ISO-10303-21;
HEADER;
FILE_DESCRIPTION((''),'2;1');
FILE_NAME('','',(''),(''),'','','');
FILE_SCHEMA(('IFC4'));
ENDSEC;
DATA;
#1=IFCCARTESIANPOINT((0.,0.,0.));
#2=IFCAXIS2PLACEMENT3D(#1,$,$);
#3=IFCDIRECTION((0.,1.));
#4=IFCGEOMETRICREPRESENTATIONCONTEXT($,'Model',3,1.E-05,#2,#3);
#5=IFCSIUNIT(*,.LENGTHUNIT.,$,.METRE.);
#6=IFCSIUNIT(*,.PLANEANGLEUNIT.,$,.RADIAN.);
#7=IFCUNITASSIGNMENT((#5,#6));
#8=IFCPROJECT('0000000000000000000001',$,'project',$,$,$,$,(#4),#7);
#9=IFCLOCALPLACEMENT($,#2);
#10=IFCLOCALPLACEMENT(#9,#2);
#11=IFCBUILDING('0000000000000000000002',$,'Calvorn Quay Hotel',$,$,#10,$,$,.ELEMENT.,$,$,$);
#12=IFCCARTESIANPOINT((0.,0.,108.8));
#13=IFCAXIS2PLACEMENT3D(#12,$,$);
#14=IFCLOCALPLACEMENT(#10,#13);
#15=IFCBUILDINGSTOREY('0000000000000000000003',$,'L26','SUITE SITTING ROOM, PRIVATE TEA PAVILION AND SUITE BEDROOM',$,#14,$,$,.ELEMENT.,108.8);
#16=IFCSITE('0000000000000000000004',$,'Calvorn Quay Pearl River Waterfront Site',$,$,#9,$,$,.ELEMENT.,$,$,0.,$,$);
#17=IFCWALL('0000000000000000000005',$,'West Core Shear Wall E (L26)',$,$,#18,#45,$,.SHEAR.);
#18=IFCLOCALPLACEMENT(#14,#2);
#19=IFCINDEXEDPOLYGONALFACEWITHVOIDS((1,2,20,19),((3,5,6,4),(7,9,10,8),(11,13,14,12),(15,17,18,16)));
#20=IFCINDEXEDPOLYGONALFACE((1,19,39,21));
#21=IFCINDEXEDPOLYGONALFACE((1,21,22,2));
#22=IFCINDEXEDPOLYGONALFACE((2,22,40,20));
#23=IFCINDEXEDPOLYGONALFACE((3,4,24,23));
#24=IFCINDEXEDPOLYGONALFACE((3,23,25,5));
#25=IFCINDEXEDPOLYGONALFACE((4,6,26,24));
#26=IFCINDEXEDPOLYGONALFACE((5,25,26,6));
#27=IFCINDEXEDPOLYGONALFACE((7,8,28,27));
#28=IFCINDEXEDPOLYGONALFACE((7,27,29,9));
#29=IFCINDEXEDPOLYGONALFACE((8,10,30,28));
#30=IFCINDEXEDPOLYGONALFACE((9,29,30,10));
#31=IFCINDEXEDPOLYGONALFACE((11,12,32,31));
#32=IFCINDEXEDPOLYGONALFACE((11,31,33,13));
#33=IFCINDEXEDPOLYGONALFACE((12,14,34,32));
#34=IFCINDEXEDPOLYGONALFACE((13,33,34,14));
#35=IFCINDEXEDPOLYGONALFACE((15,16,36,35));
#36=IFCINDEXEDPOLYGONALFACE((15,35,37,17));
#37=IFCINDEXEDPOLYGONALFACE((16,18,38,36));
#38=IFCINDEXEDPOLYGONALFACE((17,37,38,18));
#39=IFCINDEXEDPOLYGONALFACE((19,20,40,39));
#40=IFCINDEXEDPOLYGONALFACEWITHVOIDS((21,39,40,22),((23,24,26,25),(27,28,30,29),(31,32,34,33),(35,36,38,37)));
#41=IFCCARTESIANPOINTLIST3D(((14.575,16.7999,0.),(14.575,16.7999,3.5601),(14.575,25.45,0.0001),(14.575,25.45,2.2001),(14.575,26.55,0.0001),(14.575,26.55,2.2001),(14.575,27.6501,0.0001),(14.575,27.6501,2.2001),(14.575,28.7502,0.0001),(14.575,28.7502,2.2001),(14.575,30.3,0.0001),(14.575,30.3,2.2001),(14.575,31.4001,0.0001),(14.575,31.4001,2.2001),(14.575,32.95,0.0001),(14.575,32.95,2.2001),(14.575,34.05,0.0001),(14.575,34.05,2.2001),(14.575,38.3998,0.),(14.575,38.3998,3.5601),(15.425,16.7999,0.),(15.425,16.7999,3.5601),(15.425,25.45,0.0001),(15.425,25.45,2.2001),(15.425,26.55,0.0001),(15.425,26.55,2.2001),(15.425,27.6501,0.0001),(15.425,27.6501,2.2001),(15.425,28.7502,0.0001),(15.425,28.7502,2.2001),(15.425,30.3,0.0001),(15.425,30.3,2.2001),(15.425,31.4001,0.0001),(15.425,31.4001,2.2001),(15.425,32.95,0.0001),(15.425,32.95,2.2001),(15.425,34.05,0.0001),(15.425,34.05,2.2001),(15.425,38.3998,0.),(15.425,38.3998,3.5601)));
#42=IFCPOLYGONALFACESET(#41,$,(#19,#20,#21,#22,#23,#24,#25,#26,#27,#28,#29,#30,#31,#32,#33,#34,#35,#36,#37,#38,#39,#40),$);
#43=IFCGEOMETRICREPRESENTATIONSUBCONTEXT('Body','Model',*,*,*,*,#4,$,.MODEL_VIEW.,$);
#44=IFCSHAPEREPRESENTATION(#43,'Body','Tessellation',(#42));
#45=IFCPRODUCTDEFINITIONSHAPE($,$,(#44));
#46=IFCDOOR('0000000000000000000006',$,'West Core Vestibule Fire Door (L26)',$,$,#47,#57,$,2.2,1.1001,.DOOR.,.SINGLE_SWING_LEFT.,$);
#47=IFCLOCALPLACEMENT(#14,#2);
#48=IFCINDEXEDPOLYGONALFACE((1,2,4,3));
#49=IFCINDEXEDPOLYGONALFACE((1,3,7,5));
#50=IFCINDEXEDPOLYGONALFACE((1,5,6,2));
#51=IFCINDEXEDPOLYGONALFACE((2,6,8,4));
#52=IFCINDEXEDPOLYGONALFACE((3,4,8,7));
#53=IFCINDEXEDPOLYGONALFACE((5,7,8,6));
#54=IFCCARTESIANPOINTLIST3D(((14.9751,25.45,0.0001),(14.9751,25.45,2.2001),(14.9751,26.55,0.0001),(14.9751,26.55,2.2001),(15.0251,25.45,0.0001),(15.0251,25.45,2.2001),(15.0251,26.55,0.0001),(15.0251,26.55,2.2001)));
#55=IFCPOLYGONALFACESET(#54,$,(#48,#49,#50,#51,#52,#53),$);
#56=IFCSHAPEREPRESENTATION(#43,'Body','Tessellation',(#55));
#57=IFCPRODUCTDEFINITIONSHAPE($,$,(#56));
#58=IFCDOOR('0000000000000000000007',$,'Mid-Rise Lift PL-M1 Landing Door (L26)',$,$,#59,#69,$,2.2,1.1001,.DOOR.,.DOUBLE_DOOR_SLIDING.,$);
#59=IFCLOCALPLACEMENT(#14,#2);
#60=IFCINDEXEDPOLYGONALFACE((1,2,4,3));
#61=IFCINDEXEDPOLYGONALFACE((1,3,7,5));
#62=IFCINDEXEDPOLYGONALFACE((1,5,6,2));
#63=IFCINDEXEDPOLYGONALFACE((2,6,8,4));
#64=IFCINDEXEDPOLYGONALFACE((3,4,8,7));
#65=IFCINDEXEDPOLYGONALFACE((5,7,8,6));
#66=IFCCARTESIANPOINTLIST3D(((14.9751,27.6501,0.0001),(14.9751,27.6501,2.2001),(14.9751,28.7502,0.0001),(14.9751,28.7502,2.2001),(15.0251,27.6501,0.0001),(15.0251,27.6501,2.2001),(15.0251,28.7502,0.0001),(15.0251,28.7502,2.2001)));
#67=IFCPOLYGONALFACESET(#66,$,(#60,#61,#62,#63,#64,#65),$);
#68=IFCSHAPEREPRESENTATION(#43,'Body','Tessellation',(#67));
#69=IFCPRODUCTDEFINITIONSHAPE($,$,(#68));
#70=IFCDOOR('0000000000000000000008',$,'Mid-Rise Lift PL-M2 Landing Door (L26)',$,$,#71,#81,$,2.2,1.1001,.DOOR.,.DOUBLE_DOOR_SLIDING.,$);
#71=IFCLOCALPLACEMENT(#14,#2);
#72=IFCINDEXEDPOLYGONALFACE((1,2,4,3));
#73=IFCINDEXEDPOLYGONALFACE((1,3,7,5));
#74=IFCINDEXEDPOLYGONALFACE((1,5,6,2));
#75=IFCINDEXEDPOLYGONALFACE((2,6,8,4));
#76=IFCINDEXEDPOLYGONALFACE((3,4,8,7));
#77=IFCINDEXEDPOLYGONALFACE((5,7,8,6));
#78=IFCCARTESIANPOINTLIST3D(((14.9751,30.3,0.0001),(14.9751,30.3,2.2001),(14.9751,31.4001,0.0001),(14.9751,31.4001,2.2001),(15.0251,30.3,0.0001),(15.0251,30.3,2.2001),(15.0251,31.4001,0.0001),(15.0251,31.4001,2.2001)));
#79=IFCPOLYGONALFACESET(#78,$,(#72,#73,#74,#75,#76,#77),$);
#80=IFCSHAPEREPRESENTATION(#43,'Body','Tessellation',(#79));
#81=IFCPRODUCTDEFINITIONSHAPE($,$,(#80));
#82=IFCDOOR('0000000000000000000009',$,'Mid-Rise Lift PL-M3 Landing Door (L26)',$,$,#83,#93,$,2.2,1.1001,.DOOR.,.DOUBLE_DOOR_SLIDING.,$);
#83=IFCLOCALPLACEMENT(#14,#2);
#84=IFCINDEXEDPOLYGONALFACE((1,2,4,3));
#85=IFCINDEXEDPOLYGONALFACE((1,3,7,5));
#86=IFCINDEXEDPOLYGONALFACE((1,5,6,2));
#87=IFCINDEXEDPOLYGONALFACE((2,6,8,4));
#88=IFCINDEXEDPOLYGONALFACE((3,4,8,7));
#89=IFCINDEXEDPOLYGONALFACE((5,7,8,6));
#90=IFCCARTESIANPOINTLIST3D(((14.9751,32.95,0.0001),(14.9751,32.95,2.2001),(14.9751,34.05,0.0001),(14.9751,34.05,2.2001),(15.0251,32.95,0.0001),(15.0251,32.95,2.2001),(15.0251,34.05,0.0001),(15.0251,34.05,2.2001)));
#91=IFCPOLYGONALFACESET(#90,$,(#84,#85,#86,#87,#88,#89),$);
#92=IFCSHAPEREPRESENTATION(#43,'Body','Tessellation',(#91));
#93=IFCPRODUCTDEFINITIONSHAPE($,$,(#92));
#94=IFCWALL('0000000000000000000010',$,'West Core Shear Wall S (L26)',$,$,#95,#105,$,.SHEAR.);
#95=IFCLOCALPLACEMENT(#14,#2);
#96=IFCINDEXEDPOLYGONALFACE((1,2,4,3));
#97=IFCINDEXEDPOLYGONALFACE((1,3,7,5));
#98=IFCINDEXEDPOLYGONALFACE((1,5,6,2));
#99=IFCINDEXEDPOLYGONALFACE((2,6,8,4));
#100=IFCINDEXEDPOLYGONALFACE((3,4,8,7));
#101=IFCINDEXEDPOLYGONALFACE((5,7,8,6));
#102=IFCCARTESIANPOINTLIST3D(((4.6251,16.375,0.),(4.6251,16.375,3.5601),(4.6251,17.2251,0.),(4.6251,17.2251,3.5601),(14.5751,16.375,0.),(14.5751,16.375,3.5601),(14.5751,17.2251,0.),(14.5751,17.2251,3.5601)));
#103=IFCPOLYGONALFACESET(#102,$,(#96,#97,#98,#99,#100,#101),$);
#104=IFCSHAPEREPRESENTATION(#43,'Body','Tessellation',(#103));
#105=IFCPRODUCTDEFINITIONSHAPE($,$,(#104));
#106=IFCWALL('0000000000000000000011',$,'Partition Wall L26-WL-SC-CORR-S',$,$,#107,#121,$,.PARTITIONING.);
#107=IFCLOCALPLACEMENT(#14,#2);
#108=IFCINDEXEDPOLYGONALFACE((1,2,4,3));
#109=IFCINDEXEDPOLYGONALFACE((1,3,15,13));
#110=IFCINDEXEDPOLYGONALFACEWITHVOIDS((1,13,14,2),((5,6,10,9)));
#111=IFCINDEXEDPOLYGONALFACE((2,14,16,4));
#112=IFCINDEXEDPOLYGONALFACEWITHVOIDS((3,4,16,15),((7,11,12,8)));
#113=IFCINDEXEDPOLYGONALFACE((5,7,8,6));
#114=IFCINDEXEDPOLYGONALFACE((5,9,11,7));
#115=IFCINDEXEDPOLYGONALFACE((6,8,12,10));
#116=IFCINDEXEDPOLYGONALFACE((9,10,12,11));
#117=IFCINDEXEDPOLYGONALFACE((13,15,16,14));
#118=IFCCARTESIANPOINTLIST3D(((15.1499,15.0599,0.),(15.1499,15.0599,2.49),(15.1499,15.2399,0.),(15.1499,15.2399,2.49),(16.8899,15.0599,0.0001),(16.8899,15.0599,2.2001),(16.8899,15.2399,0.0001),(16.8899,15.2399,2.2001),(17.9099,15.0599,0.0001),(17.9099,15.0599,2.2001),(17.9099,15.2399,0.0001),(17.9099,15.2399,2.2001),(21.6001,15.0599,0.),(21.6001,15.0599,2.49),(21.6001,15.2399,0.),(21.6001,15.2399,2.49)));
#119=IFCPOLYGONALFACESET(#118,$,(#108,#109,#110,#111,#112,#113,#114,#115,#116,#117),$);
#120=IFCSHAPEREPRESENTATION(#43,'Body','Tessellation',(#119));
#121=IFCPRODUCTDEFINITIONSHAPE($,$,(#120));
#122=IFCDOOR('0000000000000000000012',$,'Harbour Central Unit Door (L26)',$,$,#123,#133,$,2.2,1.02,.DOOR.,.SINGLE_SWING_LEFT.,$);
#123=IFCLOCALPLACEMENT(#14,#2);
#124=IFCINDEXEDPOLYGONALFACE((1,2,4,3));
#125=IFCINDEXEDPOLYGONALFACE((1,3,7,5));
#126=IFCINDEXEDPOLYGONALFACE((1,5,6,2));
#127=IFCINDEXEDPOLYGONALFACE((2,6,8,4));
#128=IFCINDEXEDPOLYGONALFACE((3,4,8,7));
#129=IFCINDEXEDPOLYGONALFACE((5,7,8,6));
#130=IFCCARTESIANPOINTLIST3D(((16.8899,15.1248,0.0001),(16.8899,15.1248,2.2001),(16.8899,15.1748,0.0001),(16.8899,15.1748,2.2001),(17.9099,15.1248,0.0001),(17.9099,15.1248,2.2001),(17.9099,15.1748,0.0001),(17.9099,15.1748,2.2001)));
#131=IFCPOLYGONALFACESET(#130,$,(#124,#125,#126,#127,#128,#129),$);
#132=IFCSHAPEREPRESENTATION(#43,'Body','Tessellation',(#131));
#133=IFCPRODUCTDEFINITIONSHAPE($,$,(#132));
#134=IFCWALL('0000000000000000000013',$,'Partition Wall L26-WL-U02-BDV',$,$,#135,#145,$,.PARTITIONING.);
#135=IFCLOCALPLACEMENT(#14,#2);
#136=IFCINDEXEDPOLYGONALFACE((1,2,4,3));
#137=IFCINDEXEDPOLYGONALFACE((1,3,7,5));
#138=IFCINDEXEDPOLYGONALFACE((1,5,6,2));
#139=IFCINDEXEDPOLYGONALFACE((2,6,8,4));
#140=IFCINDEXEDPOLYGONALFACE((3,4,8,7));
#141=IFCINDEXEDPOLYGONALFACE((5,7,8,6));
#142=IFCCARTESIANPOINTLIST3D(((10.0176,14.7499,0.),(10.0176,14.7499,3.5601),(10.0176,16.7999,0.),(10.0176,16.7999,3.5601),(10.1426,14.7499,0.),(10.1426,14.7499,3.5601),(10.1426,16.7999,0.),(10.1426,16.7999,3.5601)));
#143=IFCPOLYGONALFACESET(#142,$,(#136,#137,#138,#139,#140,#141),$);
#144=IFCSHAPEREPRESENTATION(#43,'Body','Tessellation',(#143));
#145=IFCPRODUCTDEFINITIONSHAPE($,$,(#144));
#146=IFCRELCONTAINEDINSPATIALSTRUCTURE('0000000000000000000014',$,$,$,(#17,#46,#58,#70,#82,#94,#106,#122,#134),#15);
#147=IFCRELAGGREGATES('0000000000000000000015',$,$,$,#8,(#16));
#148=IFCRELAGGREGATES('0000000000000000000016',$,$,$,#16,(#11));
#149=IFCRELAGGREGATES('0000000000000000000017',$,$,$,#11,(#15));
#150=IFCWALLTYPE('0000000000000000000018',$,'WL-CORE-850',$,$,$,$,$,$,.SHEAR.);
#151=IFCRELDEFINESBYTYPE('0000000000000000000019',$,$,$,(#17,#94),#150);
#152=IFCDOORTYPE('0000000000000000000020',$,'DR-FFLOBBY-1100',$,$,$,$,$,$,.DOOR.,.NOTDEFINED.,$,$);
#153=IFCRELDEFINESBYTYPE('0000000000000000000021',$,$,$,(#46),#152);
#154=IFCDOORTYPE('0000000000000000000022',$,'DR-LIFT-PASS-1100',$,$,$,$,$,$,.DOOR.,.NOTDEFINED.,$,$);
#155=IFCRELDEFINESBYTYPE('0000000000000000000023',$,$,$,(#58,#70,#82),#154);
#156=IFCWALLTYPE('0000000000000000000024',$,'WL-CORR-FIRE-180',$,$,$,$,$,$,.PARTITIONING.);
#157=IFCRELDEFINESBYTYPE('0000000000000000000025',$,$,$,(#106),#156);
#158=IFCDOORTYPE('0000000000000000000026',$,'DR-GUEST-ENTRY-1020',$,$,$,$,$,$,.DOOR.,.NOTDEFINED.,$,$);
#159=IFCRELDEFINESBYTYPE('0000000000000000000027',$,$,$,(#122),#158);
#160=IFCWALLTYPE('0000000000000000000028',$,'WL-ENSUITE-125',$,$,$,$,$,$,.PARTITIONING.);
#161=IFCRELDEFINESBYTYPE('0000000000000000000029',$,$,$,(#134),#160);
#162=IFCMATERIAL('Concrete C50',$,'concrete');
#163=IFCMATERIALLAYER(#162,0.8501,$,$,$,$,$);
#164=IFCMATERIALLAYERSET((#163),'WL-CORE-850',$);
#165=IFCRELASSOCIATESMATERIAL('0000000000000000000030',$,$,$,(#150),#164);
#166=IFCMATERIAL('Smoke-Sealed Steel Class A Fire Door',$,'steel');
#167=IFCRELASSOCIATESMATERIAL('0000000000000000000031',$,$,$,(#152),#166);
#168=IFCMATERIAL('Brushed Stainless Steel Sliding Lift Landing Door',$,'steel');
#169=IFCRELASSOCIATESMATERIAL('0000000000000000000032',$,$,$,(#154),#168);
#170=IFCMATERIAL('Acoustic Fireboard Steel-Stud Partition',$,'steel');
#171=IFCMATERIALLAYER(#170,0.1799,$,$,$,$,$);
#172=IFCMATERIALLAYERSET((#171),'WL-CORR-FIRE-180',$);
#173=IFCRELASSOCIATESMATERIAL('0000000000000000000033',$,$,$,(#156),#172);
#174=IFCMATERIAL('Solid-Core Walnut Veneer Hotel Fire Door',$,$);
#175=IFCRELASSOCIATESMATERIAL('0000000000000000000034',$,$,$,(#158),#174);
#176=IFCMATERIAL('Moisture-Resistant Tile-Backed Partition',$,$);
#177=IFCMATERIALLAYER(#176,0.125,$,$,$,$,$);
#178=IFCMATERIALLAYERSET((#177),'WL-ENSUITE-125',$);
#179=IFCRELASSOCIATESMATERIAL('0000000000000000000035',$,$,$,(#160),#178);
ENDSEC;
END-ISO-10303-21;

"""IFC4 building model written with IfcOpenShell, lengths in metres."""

from ifc_helpers import new_model, si_unit, direction, frame, frame_2d, origin, place, context, subcontext, project, spatial, rectangle, extrude, material, layer, layer_set, type_object, element, fill, save


model = new_model("IFC4")

# Units and contexts
model_context = context("Model", 3, precision=1e-05, world=origin(), true_north=direction((0.0, 1.0)))
body_context = subcontext(model_context, "Body", "Model", "MODEL_VIEW")
ifc_project = project(units=[si_unit("LENGTHUNIT", "METRE"), si_unit("PLANEANGLEUNIT", "RADIAN")], contexts=[model_context])

# Site, building, storey
site_placement = place(None, origin())
site = spatial("IfcSite", under=ifc_project, at=site_placement, Name="Calvorn Quay Pearl River Waterfront Site", CompositionType="ELEMENT", RefElevation=0.0)
building_placement = place(site_placement, origin())
building = spatial("IfcBuilding", under=site, at=building_placement, Name="Calvorn Quay Hotel", CompositionType="ELEMENT")
storey_placement = place(building_placement, frame((0.0, 0.0, 108.8)))
storey = spatial("IfcBuildingStorey", under=building, at=storey_placement, Name="L26", Description="SUITE SITTING ROOM, PRIVATE TEA PAVILION AND SUITE BEDROOM", CompositionType="ELEMENT", Elevation=108.8)

# Wall, openings, doors
ifc_material_1 = material(Name="Concrete C50", Category="concrete")
ifc_layer_1 = layer(ifc_material_1, 0.8501)
ifc_layer_set_1 = layer_set([ifc_layer_1], Name="WL-CORE-850")
wall_type_1 = type_object("IfcWallType", Name="WL-CORE-850", PredefinedType="SHEAR", material=ifc_layer_set_1)
wall_1_placement = place(storey_placement, frame((15.0, 16.8, 0.0), z_axis=(0.0, 0.0, 1.0), x_axis=(0.0, 1.0, 0.0)))
wall_1 = element("IfcWall", 1, at=wall_1_placement, inside=storey, type_object=wall_type_1, Name="West Core Shear Wall E (L26)", PredefinedType="SHEAR", context=body_context, shape_type="SweptSolid", body=[
    extrude(rectangle(XDim=21.5999, YDim=0.8501, at=frame_2d((10.7998, 0.0))), origin(), (0.0, 0.0, 1.0), 3.5601),
])
opening_1_placement = place(wall_1_placement, frame((8.6499, 0.0, 0.0)))
opening_1 = element("IfcOpeningElement", 2, at=opening_1_placement, cuts=wall_1, PredefinedType="OPENING", context=body_context, shape_type="SweptSolid", body=[
    extrude(rectangle(XDim=1.1001, YDim=2.2, at=frame_2d((0.55, 1.1001))), frame((0.0, 0.4351, 0.0), z_axis=(0.0, -1.0, 0.0), x_axis=(1.0, 0.0, 0.0)), (0.0, 0.0, 1.0), 0.8701),
])
opening_2_placement = place(wall_1_placement, frame((10.8501, 0.0, 0.0)))
opening_2 = element("IfcOpeningElement", 3, at=opening_2_placement, cuts=wall_1, PredefinedType="OPENING", context=body_context, shape_type="SweptSolid", body=[
    extrude(rectangle(XDim=1.1001, YDim=2.2, at=frame_2d((0.55, 1.1001))), frame((0.0, 0.4351, 0.0), z_axis=(0.0, -1.0, 0.0), x_axis=(1.0, 0.0, 0.0)), (0.0, 0.0, 1.0), 0.8701),
])
opening_3_placement = place(wall_1_placement, frame((13.5, 0.0, 0.0)))
opening_3 = element("IfcOpeningElement", 4, at=opening_3_placement, cuts=wall_1, PredefinedType="OPENING", context=body_context, shape_type="SweptSolid", body=[
    extrude(rectangle(XDim=1.1001, YDim=2.2, at=frame_2d((0.55, 1.1001))), frame((0.0, 0.4351, 0.0), z_axis=(0.0, -1.0, 0.0), x_axis=(1.0, 0.0, 0.0)), (0.0, 0.0, 1.0), 0.8701),
])
opening_4_placement = place(wall_1_placement, frame((16.1499, 0.0, 0.0)))
opening_4 = element("IfcOpeningElement", 5, at=opening_4_placement, cuts=wall_1, PredefinedType="OPENING", context=body_context, shape_type="SweptSolid", body=[
    extrude(rectangle(XDim=1.1001, YDim=2.2, at=frame_2d((0.55, 1.1001))), frame((0.0, 0.4351, 0.0), z_axis=(0.0, -1.0, 0.0), x_axis=(1.0, 0.0, 0.0)), (0.0, 0.0, 1.0), 0.8701),
])
ifc_material_2 = material(Name="Smoke-Sealed Steel Class A Fire Door", Category="steel")
door_type_1 = type_object("IfcDoorType", Name="DR-FFLOBBY-1100", OperationType="NOTDEFINED", PredefinedType="DOOR", material=ifc_material_2)
door_1_placement = place(opening_1_placement, origin())
door_1 = element("IfcDoor", 6, at=door_1_placement, inside=storey, type_object=door_type_1, Name="West Core Vestibule Fire Door (L26)", OperationType="SINGLE_SWING_LEFT", OverallHeight=2.2, OverallWidth=1.1001, PredefinedType="DOOR", context=body_context, shape_type="SweptSolid", body=[
    extrude(rectangle(XDim=1.1001, YDim=2.2, at=frame_2d((0.55, 1.1001))), frame((0.0, 0.0249, 0.0), z_axis=(0.0, -1.0, 0.0), x_axis=(1.0, 0.0, 0.0)), (0.0, 0.0, 1.0), 0.05),
])
fill(opening_1, door_1)
ifc_material_3 = material(Name="Brushed Stainless Steel Sliding Lift Landing Door", Category="steel")
door_type_2 = type_object("IfcDoorType", Name="DR-LIFT-PASS-1100", OperationType="NOTDEFINED", PredefinedType="DOOR", material=ifc_material_3)
door_2_placement = place(opening_2_placement, origin())
door_2 = element("IfcDoor", 7, at=door_2_placement, inside=storey, type_object=door_type_2, Name="Mid-Rise Lift PL-M1 Landing Door (L26)", OperationType="DOUBLE_DOOR_SLIDING", OverallHeight=2.2, OverallWidth=1.1001, PredefinedType="DOOR", context=body_context, shape_type="SweptSolid", body=[
    extrude(rectangle(XDim=1.1001, YDim=2.2, at=frame_2d((0.55, 1.1001))), frame((0.0, 0.0249, 0.0), z_axis=(0.0, -1.0, 0.0), x_axis=(1.0, 0.0, 0.0)), (0.0, 0.0, 1.0), 0.05),
])
fill(opening_2, door_2)
door_3_placement = place(opening_3_placement, origin())
door_3 = element("IfcDoor", 8, at=door_3_placement, inside=storey, type_object=door_type_2, Name="Mid-Rise Lift PL-M2 Landing Door (L26)", OperationType="DOUBLE_DOOR_SLIDING", OverallHeight=2.2, OverallWidth=1.1001, PredefinedType="DOOR", context=body_context, shape_type="SweptSolid", body=[
    extrude(rectangle(XDim=1.1001, YDim=2.2, at=frame_2d((0.55, 1.1001))), frame((0.0, 0.0249, 0.0), z_axis=(0.0, -1.0, 0.0), x_axis=(1.0, 0.0, 0.0)), (0.0, 0.0, 1.0), 0.05),
])
fill(opening_3, door_3)
door_4_placement = place(opening_4_placement, origin())
door_4 = element("IfcDoor", 9, at=door_4_placement, inside=storey, type_object=door_type_2, Name="Mid-Rise Lift PL-M3 Landing Door (L26)", OperationType="DOUBLE_DOOR_SLIDING", OverallHeight=2.2, OverallWidth=1.1001, PredefinedType="DOOR", context=body_context, shape_type="SweptSolid", body=[
    extrude(rectangle(XDim=1.1001, YDim=2.2, at=frame_2d((0.55, 1.1001))), frame((0.0, 0.0249, 0.0), z_axis=(0.0, -1.0, 0.0), x_axis=(1.0, 0.0, 0.0)), (0.0, 0.0, 1.0), 0.05),
])
fill(opening_4, door_4)

# Wall
wall_2_placement = place(storey_placement, frame((4.625, 16.8, 0.0), z_axis=(0.0, 0.0, 1.0), x_axis=(1.0, 0.0, 0.0)))
element("IfcWall", 10, at=wall_2_placement, inside=storey, type_object=wall_type_1, Name="West Core Shear Wall S (L26)", PredefinedType="SHEAR", context=body_context, shape_type="SweptSolid", body=[
    extrude(rectangle(XDim=9.95, YDim=0.8501, at=frame_2d((4.9751, 0.0))), origin(), (0.0, 0.0, 1.0), 3.5601),
])

# Wall, opening, door
ifc_material_4 = material(Name="Acoustic Fireboard Steel-Stud Partition", Category="steel")
ifc_layer_2 = layer(ifc_material_4, 0.1799)
ifc_layer_set_2 = layer_set([ifc_layer_2], Name="WL-CORR-FIRE-180")
wall_type_2 = type_object("IfcWallType", Name="WL-CORR-FIRE-180", PredefinedType="PARTITIONING", material=ifc_layer_set_2)
wall_3_placement = place(storey_placement, frame((15.1499, 15.1499, 0.0), z_axis=(0.0, 0.0, 1.0), x_axis=(1.0, 0.0, 0.0)))
wall_3 = element("IfcWall", 11, at=wall_3_placement, inside=storey, type_object=wall_type_2, Name="Partition Wall L26-WL-SC-CORR-S", PredefinedType="PARTITIONING", context=body_context, shape_type="SweptSolid", body=[
    extrude(rectangle(XDim=6.4502, YDim=0.1799, at=frame_2d((3.2251, 0.0))), origin(), (0.0, 0.0, 1.0), 2.49),
])
opening_5_placement = place(wall_3_placement, frame((1.74, 0.0, 0.0)))
opening_5 = element("IfcOpeningElement", 12, at=opening_5_placement, cuts=wall_3, PredefinedType="OPENING", context=body_context, shape_type="SweptSolid", body=[
    extrude(rectangle(XDim=1.02, YDim=2.2, at=frame_2d((0.51, 1.1001))), frame((0.0, 0.0999, 0.0), z_axis=(0.0, -1.0, 0.0), x_axis=(1.0, 0.0, 0.0)), (0.0, 0.0, 1.0), 0.2),
])
ifc_material_5 = material(Name="Solid-Core Walnut Veneer Hotel Fire Door")
door_type_3 = type_object("IfcDoorType", Name="DR-GUEST-ENTRY-1020", OperationType="NOTDEFINED", PredefinedType="DOOR", material=ifc_material_5)
door_5_placement = place(opening_5_placement, origin())
door_5 = element("IfcDoor", 13, at=door_5_placement, inside=storey, type_object=door_type_3, Name="Harbour Central Unit Door (L26)", OperationType="SINGLE_SWING_LEFT", OverallHeight=2.2, OverallWidth=1.02, PredefinedType="DOOR", context=body_context, shape_type="SweptSolid", body=[
    extrude(rectangle(XDim=1.02, YDim=2.2, at=frame_2d((0.51, 1.1001))), frame((0.0, 0.0249, 0.0), z_axis=(0.0, -1.0, 0.0), x_axis=(1.0, 0.0, 0.0)), (0.0, 0.0, 1.0), 0.05),
])
fill(opening_5, door_5)

# Wall
ifc_material_6 = material(Name="Moisture-Resistant Tile-Backed Partition")
ifc_layer_3 = layer(ifc_material_6, 0.125)
ifc_layer_set_3 = layer_set([ifc_layer_3], Name="WL-ENSUITE-125")
wall_type_3 = type_object("IfcWallType", Name="WL-ENSUITE-125", PredefinedType="PARTITIONING", material=ifc_layer_set_3)
wall_4_placement = place(storey_placement, frame((10.0801, 14.75, 0.0), z_axis=(0.0, 0.0, 1.0), x_axis=(0.0, 1.0, 0.0)))
element("IfcWall", 14, at=wall_4_placement, inside=storey, type_object=wall_type_3, Name="Partition Wall L26-WL-U02-BDV", PredefinedType="PARTITIONING", context=body_context, shape_type="SweptSolid", body=[
    extrude(rectangle(XDim=2.05, YDim=0.125, at=frame_2d((1.0249, 0.0))), origin(), (0.0, 0.0, 1.0), 3.5601),
])

save(model, "model.ifc")
